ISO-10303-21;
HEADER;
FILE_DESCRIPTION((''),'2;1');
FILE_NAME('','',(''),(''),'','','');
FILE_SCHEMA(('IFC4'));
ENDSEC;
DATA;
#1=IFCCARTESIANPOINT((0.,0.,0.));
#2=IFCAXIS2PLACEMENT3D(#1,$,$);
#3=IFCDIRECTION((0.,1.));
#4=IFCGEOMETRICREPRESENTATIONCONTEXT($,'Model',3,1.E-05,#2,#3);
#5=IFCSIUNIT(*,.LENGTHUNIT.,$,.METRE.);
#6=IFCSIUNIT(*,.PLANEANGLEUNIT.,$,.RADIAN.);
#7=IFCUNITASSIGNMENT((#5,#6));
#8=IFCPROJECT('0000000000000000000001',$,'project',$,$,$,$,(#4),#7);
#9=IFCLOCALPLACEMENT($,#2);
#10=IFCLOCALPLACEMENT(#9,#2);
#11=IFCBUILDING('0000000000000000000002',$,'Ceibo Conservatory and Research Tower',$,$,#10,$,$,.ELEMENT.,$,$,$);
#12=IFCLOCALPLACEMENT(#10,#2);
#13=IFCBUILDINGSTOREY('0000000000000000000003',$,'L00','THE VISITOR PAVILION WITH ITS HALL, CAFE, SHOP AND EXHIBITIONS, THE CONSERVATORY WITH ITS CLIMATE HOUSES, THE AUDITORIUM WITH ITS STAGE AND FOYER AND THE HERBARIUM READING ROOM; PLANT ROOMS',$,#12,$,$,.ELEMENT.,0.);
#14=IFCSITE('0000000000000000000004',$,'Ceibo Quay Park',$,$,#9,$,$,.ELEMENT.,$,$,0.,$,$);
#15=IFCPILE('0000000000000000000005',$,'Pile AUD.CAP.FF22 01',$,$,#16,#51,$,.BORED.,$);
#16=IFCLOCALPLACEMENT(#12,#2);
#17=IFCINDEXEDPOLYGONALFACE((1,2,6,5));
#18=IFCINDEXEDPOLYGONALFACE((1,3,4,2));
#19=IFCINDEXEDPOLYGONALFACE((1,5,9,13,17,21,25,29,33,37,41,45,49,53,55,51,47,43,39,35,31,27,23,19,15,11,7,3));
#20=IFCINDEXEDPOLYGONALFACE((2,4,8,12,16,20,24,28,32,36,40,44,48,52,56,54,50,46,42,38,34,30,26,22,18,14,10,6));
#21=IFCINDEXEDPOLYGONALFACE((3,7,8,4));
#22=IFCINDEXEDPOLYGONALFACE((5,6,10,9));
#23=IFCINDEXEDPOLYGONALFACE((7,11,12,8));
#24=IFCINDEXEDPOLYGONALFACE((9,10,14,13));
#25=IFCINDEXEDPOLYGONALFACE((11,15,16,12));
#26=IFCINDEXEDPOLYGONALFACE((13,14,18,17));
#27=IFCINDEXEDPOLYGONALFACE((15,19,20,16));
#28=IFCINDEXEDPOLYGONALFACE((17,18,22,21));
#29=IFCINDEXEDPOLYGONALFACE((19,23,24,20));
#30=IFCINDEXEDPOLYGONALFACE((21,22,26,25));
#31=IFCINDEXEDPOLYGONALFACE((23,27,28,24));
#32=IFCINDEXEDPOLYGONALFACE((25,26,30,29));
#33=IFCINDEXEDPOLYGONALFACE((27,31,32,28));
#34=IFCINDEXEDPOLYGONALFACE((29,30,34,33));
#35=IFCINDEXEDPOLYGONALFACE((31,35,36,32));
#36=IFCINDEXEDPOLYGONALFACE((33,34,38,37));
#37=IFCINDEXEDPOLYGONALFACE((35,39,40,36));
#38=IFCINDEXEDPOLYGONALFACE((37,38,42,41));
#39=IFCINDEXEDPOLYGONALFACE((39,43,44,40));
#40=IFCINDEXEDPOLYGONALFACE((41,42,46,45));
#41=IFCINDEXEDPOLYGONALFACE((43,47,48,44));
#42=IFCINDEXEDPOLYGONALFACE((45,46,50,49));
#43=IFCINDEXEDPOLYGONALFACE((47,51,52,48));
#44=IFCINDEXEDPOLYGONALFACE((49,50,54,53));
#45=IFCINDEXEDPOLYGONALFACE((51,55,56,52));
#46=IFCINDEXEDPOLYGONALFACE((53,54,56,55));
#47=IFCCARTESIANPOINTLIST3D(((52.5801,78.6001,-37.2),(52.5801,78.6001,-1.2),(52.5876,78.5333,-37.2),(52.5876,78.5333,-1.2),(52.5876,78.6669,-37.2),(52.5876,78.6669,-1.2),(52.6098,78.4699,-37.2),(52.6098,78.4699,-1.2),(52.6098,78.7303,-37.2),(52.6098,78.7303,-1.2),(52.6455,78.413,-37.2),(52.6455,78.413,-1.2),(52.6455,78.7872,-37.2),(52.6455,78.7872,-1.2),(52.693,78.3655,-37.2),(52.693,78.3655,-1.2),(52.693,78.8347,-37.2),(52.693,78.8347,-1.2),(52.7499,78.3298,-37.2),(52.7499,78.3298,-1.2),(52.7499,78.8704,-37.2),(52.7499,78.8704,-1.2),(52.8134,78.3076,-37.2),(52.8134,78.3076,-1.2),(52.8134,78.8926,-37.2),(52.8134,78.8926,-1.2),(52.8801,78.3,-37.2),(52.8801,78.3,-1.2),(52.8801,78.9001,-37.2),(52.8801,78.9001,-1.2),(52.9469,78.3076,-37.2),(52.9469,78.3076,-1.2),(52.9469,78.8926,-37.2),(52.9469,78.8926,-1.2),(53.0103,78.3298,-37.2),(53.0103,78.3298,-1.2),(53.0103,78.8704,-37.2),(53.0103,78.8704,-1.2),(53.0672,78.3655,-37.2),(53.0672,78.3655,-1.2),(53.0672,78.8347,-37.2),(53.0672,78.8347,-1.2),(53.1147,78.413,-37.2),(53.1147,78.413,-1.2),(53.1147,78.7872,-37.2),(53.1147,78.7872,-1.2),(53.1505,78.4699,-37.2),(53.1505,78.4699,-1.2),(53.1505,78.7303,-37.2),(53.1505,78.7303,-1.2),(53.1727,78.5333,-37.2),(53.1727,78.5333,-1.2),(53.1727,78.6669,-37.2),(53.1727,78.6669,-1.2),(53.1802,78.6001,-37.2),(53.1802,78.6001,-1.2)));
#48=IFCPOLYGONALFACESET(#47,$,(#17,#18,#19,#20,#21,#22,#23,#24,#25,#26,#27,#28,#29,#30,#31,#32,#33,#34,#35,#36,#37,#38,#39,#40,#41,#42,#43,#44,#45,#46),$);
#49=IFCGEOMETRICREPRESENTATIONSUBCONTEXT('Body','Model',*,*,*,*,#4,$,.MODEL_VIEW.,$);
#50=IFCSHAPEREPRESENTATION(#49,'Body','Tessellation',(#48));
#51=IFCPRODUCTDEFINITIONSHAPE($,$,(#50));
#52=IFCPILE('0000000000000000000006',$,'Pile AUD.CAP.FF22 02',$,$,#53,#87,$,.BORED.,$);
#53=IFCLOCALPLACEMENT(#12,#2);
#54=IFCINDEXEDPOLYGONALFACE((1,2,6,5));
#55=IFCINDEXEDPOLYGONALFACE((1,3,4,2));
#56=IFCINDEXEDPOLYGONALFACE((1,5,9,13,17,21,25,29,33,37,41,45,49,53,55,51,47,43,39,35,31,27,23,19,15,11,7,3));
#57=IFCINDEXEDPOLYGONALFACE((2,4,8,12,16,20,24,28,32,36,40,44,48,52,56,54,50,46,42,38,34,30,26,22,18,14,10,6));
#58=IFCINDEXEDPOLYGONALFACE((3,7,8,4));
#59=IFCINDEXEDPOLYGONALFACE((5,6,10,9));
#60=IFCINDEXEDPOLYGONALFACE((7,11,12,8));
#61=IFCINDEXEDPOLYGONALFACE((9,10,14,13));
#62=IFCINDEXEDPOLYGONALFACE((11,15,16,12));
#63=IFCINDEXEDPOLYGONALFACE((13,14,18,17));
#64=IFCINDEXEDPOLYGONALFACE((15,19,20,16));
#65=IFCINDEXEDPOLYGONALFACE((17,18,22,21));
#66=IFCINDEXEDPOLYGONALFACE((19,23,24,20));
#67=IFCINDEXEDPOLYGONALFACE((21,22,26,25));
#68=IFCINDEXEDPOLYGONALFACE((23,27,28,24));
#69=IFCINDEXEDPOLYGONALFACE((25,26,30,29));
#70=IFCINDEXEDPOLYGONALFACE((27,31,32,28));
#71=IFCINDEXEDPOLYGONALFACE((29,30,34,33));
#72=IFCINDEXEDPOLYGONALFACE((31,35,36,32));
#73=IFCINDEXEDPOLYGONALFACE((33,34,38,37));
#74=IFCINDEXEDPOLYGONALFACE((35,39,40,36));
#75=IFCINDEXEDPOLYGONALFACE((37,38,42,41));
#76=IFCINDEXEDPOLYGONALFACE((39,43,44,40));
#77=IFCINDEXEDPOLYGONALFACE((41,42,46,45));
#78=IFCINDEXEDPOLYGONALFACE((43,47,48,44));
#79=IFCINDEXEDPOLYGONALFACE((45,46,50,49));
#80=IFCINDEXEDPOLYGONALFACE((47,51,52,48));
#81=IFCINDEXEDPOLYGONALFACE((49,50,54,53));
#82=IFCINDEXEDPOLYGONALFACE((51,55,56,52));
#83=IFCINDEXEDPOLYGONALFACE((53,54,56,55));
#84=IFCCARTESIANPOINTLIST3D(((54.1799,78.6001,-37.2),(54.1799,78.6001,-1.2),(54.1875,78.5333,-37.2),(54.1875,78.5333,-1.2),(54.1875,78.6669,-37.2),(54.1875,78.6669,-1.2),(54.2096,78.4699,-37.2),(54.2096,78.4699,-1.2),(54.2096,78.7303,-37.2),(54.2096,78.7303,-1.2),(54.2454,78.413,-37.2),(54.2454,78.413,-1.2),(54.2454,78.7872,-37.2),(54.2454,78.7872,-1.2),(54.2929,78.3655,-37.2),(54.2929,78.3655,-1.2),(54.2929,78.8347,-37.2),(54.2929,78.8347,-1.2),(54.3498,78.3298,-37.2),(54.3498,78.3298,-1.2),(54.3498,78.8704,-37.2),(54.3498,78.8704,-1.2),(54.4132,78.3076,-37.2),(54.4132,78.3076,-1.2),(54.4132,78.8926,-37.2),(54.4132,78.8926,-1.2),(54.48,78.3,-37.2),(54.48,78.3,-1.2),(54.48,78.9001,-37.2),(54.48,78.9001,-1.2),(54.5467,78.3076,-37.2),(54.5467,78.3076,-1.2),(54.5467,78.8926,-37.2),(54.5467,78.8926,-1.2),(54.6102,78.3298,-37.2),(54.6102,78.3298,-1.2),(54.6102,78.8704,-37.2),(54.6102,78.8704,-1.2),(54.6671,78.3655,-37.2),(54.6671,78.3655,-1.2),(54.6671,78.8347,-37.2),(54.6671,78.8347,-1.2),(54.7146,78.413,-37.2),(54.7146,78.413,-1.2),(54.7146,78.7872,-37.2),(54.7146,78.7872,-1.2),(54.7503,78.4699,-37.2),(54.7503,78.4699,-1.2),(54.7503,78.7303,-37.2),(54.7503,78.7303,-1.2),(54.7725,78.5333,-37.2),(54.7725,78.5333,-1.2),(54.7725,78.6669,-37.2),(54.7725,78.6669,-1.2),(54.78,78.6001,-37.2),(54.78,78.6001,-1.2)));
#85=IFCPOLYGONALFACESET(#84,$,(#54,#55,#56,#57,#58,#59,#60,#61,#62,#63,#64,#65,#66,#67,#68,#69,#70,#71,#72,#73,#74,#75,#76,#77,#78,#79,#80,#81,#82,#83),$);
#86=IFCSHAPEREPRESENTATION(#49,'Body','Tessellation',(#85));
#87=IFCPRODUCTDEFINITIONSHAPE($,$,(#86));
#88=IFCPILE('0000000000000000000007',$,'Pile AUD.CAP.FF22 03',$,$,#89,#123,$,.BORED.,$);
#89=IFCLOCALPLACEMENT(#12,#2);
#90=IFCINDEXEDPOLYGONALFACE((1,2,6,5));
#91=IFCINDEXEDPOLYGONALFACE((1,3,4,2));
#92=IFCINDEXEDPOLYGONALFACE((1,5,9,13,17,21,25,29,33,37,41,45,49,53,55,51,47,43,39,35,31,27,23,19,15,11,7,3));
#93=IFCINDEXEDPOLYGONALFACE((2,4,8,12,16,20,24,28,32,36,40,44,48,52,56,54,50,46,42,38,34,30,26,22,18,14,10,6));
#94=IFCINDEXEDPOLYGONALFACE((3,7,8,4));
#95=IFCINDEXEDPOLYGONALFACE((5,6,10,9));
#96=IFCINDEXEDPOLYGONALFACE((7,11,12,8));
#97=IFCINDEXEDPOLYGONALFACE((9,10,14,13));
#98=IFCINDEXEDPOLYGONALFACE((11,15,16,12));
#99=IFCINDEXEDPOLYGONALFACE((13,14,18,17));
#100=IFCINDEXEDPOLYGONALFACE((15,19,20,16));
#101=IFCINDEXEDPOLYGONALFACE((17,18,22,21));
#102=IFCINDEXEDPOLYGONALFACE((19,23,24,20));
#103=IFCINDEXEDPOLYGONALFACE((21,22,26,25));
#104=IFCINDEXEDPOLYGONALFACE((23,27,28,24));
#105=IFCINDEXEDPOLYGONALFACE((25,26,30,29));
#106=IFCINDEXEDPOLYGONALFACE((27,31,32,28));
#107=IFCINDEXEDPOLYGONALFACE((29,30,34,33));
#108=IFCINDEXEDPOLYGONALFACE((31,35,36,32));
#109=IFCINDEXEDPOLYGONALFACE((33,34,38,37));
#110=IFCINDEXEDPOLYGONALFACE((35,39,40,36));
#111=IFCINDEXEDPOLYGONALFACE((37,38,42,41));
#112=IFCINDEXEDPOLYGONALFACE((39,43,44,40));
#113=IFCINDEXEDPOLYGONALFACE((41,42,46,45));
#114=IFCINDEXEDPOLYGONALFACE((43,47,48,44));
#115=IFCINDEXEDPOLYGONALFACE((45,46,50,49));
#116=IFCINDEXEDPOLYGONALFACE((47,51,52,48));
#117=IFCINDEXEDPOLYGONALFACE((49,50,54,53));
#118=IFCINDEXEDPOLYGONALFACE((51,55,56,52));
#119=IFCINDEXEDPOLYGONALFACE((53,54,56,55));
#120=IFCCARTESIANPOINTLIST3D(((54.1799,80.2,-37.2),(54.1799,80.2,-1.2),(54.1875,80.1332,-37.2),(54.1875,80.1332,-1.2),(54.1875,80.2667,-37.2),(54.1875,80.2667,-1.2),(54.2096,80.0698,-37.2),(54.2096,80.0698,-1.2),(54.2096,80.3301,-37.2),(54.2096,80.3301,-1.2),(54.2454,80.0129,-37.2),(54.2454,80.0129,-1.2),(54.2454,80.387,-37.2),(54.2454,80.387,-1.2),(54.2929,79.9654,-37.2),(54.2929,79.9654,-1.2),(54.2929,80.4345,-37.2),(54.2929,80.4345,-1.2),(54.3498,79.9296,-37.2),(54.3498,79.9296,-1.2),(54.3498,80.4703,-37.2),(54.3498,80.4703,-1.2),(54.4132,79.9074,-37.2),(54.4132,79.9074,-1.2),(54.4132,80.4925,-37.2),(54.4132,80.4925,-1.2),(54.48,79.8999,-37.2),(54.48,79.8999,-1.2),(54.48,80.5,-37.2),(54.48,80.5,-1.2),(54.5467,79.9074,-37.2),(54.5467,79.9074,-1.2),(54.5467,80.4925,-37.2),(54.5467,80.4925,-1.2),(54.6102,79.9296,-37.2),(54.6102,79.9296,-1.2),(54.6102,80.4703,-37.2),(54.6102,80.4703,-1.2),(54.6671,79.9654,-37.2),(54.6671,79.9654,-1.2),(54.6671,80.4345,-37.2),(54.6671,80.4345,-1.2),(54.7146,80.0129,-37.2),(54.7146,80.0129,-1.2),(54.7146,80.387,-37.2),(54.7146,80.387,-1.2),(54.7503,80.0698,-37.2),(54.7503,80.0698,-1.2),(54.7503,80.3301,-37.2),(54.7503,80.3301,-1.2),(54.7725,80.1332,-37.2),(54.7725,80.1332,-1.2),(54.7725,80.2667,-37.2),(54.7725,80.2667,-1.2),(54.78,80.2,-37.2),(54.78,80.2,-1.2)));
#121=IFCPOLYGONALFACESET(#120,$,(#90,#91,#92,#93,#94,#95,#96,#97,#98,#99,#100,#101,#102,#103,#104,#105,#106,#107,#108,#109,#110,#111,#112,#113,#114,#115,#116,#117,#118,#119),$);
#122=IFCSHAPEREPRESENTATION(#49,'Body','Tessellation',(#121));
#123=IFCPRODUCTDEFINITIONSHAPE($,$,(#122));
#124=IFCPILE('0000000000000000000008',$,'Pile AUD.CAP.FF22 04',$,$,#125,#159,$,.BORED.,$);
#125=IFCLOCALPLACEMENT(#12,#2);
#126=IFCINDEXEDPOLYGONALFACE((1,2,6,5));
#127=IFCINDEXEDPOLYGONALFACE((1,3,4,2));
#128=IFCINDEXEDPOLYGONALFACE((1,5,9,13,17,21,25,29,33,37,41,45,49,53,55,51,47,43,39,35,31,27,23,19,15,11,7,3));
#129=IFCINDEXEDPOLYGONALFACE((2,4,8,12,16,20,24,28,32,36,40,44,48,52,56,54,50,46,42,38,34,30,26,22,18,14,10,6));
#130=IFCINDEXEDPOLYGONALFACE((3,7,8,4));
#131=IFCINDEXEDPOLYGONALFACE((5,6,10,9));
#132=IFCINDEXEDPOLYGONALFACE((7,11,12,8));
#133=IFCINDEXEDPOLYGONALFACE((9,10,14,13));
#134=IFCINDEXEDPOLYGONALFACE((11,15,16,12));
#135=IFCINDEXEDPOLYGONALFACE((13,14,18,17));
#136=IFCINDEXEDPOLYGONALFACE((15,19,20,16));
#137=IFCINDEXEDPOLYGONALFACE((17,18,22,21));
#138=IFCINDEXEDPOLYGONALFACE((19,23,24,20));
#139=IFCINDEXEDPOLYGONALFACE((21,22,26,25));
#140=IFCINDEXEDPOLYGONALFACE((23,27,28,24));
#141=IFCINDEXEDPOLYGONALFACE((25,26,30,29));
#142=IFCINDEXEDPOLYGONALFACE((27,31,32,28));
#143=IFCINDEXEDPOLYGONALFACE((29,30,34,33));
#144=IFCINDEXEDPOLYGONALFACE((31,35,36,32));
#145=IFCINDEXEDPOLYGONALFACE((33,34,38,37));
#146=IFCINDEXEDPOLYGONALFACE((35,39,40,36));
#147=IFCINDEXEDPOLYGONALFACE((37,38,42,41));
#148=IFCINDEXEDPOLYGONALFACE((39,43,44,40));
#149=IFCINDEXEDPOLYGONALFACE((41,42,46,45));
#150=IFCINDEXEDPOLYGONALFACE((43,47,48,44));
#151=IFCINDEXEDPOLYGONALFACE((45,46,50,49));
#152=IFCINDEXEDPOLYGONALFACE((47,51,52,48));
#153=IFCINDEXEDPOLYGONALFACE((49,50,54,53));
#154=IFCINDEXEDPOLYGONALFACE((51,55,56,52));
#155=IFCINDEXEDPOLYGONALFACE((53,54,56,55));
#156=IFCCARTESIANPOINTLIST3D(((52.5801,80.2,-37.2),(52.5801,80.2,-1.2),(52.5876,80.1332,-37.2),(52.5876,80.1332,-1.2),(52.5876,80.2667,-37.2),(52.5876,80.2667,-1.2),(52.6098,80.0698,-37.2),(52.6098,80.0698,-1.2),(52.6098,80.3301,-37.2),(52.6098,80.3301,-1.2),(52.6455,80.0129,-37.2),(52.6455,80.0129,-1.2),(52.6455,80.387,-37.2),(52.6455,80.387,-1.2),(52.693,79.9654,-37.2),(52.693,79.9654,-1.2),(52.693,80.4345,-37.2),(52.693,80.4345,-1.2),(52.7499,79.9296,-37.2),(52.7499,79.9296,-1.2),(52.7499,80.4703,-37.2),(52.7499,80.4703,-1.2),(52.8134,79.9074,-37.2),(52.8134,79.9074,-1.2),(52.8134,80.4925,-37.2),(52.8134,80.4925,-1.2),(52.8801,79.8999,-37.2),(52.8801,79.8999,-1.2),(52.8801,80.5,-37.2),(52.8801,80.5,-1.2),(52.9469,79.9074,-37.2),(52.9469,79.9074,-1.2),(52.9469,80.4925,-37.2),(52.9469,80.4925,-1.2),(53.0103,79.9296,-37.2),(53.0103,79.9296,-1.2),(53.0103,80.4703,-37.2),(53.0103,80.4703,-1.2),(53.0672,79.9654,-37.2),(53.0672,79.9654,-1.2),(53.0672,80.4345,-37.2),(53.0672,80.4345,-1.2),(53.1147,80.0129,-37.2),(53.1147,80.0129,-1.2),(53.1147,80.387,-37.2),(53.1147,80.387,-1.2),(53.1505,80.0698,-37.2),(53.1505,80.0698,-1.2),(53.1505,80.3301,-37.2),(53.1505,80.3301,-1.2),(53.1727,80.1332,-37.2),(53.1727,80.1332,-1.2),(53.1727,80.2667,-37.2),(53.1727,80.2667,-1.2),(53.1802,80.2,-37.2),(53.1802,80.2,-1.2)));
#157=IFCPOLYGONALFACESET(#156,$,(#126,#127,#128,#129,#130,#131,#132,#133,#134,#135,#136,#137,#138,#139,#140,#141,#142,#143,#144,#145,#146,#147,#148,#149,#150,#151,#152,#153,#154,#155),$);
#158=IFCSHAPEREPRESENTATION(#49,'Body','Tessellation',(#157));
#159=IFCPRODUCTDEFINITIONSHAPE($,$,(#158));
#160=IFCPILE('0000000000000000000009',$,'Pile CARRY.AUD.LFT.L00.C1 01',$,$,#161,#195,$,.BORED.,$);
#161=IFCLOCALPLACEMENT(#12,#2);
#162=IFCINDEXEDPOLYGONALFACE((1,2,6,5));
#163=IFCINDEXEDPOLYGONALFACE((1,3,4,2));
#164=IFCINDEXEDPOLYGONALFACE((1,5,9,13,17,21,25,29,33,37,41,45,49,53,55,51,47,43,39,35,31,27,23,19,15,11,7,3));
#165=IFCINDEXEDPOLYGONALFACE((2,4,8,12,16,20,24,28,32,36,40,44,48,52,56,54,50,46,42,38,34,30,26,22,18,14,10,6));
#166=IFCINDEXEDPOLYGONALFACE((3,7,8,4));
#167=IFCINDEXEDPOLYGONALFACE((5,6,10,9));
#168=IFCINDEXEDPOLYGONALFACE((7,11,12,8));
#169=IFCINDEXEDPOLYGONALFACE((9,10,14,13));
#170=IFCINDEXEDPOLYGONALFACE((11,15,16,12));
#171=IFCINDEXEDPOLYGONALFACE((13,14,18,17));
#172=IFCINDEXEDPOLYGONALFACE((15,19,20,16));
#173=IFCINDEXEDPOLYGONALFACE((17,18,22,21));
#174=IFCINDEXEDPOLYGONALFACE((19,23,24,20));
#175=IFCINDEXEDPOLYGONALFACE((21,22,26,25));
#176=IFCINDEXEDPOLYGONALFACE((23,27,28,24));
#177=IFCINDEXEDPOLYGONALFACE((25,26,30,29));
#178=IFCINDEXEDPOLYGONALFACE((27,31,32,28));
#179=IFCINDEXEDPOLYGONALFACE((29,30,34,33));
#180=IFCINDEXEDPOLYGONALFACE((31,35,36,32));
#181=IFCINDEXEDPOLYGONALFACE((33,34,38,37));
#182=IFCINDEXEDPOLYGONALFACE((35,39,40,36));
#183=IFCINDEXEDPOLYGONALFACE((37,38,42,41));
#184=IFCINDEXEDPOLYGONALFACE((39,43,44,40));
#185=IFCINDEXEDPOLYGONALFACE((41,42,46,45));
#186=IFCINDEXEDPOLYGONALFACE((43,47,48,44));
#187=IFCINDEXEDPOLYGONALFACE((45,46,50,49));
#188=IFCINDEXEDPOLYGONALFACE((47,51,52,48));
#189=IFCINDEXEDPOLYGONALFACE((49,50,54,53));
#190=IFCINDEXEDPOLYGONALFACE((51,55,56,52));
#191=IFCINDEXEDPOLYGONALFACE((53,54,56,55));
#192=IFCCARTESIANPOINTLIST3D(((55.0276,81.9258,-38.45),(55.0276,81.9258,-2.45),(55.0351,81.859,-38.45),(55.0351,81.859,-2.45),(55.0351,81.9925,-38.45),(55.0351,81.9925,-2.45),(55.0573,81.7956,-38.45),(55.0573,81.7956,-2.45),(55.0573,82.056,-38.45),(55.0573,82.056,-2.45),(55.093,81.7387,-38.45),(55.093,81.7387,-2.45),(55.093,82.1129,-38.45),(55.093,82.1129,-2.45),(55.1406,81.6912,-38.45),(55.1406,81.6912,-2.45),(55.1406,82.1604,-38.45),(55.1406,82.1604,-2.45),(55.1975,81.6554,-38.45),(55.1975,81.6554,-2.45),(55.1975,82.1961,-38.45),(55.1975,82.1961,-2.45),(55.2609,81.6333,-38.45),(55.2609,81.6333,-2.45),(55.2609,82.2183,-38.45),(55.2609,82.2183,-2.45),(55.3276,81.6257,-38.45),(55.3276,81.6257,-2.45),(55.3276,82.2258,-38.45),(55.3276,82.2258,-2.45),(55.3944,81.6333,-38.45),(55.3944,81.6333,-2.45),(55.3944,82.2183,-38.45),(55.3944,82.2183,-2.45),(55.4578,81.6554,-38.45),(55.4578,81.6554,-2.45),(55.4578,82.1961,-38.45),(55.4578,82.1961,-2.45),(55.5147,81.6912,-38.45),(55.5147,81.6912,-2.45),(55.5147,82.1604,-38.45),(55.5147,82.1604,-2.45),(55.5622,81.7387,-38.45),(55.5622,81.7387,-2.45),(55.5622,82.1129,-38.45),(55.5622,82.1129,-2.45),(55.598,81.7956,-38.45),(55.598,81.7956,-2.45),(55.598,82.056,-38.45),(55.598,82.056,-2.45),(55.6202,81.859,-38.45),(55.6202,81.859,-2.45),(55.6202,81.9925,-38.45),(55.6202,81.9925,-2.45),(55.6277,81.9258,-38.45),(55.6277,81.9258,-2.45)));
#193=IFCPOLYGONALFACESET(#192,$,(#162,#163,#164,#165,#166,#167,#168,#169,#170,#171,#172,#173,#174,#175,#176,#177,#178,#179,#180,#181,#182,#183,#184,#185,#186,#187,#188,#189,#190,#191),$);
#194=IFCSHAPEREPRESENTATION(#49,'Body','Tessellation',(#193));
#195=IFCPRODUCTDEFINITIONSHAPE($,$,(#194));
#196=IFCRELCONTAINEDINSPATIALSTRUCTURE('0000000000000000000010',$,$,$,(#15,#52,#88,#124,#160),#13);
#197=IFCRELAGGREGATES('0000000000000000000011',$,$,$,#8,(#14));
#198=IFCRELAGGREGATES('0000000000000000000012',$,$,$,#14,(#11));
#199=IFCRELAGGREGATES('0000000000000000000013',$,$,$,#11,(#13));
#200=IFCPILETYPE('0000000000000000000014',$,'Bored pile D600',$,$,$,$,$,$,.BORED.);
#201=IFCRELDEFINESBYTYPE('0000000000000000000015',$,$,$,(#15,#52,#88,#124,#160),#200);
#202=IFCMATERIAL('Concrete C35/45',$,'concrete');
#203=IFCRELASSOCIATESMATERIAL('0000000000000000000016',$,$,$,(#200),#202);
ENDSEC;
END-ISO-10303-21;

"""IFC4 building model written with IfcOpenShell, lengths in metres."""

from ifc_helpers import new_model, si_unit, direction, frame, origin, origin_2d, place, context, subcontext, project, spatial, circle, extrude, material, material_profile, profile_set, type_object, element, save


model = new_model("IFC4")

# Units and contexts
model_context = context("Model", 3, precision=1e-05, world=origin(), true_north=direction((0.0, 1.0)))
body_context = subcontext(model_context, "Body", "Model", "MODEL_VIEW")
ifc_project = project(units=[si_unit("LENGTHUNIT", "METRE"), si_unit("PLANEANGLEUNIT", "RADIAN")], contexts=[model_context])

# Site, building, storey
site_placement = place(None, origin())
site = spatial("IfcSite", under=ifc_project, at=site_placement, Name="Ceibo Quay Park", CompositionType="ELEMENT", RefElevation=0.0)
building_placement = place(site_placement, origin())
building = spatial("IfcBuilding", under=site, at=building_placement, Name="Ceibo Conservatory and Research Tower", CompositionType="ELEMENT")
storey_placement = place(building_placement, origin())
storey = spatial("IfcBuildingStorey", under=building, at=storey_placement, Name="L00", Description="THE VISITOR PAVILION WITH ITS HALL, CAFE, SHOP AND EXHIBITIONS, THE CONSERVATORY WITH ITS CLIMATE HOUSES, THE AUDITORIUM WITH ITS STAGE AND FOYER AND THE HERBARIUM READING ROOM; PLANT ROOMS", CompositionType="ELEMENT", Elevation=0.0)

# Piles
ifc_material_1 = material(Name="Concrete C35/45", Category="concrete")
ifc_material_profile_1 = material_profile(ifc_material_1, circle(Radius=0.3, at=origin_2d()), Name="RC D600")
ifc_profile_set_1 = profile_set([ifc_material_profile_1], Name="Concrete C35/45")
pile_type = type_object("IfcPileType", Name="Bored pile D600", PredefinedType="BORED", material=ifc_profile_set_1)
for number, where, z_axis, x_axis, name in (
    (1, (52.8801, 78.6001, -1.2), (0.0, 0.0, -1.0), (1.0, 0.0, 0.0), "Pile AUD.CAP.FF22 01"),
    (2, (54.48, 78.6001, -1.2), (0.0, 0.0, -1.0), (1.0, 0.0, 0.0), "Pile AUD.CAP.FF22 02"),
    (3, (54.48, 80.2, -1.2), (0.0, 0.0, -1.0), (1.0, 0.0, 0.0), "Pile AUD.CAP.FF22 03"),
    (4, (52.8801, 80.2, -1.2), (0.0, 0.0, -1.0), (1.0, 0.0, 0.0), "Pile AUD.CAP.FF22 04"),
    (5, (55.3276, 81.9258, -2.45), (0.0, 0.0, -1.0), (1.0, 0.0, 0.0), "Pile CARRY.AUD.LFT.L00.C1 01"),
):
    element("IfcPile", number, at=place(storey_placement, frame(where, z_axis=z_axis, x_axis=x_axis)), inside=storey, type_object=pile_type, Name=name, PredefinedType="BORED", context=body_context, shape_type="SweptSolid", body=[
        extrude(circle(Radius=0.3, at=origin_2d()), origin(), (0.0, 0.0, 1.0), 36.0),
    ])

save(model, "model.ifc")
